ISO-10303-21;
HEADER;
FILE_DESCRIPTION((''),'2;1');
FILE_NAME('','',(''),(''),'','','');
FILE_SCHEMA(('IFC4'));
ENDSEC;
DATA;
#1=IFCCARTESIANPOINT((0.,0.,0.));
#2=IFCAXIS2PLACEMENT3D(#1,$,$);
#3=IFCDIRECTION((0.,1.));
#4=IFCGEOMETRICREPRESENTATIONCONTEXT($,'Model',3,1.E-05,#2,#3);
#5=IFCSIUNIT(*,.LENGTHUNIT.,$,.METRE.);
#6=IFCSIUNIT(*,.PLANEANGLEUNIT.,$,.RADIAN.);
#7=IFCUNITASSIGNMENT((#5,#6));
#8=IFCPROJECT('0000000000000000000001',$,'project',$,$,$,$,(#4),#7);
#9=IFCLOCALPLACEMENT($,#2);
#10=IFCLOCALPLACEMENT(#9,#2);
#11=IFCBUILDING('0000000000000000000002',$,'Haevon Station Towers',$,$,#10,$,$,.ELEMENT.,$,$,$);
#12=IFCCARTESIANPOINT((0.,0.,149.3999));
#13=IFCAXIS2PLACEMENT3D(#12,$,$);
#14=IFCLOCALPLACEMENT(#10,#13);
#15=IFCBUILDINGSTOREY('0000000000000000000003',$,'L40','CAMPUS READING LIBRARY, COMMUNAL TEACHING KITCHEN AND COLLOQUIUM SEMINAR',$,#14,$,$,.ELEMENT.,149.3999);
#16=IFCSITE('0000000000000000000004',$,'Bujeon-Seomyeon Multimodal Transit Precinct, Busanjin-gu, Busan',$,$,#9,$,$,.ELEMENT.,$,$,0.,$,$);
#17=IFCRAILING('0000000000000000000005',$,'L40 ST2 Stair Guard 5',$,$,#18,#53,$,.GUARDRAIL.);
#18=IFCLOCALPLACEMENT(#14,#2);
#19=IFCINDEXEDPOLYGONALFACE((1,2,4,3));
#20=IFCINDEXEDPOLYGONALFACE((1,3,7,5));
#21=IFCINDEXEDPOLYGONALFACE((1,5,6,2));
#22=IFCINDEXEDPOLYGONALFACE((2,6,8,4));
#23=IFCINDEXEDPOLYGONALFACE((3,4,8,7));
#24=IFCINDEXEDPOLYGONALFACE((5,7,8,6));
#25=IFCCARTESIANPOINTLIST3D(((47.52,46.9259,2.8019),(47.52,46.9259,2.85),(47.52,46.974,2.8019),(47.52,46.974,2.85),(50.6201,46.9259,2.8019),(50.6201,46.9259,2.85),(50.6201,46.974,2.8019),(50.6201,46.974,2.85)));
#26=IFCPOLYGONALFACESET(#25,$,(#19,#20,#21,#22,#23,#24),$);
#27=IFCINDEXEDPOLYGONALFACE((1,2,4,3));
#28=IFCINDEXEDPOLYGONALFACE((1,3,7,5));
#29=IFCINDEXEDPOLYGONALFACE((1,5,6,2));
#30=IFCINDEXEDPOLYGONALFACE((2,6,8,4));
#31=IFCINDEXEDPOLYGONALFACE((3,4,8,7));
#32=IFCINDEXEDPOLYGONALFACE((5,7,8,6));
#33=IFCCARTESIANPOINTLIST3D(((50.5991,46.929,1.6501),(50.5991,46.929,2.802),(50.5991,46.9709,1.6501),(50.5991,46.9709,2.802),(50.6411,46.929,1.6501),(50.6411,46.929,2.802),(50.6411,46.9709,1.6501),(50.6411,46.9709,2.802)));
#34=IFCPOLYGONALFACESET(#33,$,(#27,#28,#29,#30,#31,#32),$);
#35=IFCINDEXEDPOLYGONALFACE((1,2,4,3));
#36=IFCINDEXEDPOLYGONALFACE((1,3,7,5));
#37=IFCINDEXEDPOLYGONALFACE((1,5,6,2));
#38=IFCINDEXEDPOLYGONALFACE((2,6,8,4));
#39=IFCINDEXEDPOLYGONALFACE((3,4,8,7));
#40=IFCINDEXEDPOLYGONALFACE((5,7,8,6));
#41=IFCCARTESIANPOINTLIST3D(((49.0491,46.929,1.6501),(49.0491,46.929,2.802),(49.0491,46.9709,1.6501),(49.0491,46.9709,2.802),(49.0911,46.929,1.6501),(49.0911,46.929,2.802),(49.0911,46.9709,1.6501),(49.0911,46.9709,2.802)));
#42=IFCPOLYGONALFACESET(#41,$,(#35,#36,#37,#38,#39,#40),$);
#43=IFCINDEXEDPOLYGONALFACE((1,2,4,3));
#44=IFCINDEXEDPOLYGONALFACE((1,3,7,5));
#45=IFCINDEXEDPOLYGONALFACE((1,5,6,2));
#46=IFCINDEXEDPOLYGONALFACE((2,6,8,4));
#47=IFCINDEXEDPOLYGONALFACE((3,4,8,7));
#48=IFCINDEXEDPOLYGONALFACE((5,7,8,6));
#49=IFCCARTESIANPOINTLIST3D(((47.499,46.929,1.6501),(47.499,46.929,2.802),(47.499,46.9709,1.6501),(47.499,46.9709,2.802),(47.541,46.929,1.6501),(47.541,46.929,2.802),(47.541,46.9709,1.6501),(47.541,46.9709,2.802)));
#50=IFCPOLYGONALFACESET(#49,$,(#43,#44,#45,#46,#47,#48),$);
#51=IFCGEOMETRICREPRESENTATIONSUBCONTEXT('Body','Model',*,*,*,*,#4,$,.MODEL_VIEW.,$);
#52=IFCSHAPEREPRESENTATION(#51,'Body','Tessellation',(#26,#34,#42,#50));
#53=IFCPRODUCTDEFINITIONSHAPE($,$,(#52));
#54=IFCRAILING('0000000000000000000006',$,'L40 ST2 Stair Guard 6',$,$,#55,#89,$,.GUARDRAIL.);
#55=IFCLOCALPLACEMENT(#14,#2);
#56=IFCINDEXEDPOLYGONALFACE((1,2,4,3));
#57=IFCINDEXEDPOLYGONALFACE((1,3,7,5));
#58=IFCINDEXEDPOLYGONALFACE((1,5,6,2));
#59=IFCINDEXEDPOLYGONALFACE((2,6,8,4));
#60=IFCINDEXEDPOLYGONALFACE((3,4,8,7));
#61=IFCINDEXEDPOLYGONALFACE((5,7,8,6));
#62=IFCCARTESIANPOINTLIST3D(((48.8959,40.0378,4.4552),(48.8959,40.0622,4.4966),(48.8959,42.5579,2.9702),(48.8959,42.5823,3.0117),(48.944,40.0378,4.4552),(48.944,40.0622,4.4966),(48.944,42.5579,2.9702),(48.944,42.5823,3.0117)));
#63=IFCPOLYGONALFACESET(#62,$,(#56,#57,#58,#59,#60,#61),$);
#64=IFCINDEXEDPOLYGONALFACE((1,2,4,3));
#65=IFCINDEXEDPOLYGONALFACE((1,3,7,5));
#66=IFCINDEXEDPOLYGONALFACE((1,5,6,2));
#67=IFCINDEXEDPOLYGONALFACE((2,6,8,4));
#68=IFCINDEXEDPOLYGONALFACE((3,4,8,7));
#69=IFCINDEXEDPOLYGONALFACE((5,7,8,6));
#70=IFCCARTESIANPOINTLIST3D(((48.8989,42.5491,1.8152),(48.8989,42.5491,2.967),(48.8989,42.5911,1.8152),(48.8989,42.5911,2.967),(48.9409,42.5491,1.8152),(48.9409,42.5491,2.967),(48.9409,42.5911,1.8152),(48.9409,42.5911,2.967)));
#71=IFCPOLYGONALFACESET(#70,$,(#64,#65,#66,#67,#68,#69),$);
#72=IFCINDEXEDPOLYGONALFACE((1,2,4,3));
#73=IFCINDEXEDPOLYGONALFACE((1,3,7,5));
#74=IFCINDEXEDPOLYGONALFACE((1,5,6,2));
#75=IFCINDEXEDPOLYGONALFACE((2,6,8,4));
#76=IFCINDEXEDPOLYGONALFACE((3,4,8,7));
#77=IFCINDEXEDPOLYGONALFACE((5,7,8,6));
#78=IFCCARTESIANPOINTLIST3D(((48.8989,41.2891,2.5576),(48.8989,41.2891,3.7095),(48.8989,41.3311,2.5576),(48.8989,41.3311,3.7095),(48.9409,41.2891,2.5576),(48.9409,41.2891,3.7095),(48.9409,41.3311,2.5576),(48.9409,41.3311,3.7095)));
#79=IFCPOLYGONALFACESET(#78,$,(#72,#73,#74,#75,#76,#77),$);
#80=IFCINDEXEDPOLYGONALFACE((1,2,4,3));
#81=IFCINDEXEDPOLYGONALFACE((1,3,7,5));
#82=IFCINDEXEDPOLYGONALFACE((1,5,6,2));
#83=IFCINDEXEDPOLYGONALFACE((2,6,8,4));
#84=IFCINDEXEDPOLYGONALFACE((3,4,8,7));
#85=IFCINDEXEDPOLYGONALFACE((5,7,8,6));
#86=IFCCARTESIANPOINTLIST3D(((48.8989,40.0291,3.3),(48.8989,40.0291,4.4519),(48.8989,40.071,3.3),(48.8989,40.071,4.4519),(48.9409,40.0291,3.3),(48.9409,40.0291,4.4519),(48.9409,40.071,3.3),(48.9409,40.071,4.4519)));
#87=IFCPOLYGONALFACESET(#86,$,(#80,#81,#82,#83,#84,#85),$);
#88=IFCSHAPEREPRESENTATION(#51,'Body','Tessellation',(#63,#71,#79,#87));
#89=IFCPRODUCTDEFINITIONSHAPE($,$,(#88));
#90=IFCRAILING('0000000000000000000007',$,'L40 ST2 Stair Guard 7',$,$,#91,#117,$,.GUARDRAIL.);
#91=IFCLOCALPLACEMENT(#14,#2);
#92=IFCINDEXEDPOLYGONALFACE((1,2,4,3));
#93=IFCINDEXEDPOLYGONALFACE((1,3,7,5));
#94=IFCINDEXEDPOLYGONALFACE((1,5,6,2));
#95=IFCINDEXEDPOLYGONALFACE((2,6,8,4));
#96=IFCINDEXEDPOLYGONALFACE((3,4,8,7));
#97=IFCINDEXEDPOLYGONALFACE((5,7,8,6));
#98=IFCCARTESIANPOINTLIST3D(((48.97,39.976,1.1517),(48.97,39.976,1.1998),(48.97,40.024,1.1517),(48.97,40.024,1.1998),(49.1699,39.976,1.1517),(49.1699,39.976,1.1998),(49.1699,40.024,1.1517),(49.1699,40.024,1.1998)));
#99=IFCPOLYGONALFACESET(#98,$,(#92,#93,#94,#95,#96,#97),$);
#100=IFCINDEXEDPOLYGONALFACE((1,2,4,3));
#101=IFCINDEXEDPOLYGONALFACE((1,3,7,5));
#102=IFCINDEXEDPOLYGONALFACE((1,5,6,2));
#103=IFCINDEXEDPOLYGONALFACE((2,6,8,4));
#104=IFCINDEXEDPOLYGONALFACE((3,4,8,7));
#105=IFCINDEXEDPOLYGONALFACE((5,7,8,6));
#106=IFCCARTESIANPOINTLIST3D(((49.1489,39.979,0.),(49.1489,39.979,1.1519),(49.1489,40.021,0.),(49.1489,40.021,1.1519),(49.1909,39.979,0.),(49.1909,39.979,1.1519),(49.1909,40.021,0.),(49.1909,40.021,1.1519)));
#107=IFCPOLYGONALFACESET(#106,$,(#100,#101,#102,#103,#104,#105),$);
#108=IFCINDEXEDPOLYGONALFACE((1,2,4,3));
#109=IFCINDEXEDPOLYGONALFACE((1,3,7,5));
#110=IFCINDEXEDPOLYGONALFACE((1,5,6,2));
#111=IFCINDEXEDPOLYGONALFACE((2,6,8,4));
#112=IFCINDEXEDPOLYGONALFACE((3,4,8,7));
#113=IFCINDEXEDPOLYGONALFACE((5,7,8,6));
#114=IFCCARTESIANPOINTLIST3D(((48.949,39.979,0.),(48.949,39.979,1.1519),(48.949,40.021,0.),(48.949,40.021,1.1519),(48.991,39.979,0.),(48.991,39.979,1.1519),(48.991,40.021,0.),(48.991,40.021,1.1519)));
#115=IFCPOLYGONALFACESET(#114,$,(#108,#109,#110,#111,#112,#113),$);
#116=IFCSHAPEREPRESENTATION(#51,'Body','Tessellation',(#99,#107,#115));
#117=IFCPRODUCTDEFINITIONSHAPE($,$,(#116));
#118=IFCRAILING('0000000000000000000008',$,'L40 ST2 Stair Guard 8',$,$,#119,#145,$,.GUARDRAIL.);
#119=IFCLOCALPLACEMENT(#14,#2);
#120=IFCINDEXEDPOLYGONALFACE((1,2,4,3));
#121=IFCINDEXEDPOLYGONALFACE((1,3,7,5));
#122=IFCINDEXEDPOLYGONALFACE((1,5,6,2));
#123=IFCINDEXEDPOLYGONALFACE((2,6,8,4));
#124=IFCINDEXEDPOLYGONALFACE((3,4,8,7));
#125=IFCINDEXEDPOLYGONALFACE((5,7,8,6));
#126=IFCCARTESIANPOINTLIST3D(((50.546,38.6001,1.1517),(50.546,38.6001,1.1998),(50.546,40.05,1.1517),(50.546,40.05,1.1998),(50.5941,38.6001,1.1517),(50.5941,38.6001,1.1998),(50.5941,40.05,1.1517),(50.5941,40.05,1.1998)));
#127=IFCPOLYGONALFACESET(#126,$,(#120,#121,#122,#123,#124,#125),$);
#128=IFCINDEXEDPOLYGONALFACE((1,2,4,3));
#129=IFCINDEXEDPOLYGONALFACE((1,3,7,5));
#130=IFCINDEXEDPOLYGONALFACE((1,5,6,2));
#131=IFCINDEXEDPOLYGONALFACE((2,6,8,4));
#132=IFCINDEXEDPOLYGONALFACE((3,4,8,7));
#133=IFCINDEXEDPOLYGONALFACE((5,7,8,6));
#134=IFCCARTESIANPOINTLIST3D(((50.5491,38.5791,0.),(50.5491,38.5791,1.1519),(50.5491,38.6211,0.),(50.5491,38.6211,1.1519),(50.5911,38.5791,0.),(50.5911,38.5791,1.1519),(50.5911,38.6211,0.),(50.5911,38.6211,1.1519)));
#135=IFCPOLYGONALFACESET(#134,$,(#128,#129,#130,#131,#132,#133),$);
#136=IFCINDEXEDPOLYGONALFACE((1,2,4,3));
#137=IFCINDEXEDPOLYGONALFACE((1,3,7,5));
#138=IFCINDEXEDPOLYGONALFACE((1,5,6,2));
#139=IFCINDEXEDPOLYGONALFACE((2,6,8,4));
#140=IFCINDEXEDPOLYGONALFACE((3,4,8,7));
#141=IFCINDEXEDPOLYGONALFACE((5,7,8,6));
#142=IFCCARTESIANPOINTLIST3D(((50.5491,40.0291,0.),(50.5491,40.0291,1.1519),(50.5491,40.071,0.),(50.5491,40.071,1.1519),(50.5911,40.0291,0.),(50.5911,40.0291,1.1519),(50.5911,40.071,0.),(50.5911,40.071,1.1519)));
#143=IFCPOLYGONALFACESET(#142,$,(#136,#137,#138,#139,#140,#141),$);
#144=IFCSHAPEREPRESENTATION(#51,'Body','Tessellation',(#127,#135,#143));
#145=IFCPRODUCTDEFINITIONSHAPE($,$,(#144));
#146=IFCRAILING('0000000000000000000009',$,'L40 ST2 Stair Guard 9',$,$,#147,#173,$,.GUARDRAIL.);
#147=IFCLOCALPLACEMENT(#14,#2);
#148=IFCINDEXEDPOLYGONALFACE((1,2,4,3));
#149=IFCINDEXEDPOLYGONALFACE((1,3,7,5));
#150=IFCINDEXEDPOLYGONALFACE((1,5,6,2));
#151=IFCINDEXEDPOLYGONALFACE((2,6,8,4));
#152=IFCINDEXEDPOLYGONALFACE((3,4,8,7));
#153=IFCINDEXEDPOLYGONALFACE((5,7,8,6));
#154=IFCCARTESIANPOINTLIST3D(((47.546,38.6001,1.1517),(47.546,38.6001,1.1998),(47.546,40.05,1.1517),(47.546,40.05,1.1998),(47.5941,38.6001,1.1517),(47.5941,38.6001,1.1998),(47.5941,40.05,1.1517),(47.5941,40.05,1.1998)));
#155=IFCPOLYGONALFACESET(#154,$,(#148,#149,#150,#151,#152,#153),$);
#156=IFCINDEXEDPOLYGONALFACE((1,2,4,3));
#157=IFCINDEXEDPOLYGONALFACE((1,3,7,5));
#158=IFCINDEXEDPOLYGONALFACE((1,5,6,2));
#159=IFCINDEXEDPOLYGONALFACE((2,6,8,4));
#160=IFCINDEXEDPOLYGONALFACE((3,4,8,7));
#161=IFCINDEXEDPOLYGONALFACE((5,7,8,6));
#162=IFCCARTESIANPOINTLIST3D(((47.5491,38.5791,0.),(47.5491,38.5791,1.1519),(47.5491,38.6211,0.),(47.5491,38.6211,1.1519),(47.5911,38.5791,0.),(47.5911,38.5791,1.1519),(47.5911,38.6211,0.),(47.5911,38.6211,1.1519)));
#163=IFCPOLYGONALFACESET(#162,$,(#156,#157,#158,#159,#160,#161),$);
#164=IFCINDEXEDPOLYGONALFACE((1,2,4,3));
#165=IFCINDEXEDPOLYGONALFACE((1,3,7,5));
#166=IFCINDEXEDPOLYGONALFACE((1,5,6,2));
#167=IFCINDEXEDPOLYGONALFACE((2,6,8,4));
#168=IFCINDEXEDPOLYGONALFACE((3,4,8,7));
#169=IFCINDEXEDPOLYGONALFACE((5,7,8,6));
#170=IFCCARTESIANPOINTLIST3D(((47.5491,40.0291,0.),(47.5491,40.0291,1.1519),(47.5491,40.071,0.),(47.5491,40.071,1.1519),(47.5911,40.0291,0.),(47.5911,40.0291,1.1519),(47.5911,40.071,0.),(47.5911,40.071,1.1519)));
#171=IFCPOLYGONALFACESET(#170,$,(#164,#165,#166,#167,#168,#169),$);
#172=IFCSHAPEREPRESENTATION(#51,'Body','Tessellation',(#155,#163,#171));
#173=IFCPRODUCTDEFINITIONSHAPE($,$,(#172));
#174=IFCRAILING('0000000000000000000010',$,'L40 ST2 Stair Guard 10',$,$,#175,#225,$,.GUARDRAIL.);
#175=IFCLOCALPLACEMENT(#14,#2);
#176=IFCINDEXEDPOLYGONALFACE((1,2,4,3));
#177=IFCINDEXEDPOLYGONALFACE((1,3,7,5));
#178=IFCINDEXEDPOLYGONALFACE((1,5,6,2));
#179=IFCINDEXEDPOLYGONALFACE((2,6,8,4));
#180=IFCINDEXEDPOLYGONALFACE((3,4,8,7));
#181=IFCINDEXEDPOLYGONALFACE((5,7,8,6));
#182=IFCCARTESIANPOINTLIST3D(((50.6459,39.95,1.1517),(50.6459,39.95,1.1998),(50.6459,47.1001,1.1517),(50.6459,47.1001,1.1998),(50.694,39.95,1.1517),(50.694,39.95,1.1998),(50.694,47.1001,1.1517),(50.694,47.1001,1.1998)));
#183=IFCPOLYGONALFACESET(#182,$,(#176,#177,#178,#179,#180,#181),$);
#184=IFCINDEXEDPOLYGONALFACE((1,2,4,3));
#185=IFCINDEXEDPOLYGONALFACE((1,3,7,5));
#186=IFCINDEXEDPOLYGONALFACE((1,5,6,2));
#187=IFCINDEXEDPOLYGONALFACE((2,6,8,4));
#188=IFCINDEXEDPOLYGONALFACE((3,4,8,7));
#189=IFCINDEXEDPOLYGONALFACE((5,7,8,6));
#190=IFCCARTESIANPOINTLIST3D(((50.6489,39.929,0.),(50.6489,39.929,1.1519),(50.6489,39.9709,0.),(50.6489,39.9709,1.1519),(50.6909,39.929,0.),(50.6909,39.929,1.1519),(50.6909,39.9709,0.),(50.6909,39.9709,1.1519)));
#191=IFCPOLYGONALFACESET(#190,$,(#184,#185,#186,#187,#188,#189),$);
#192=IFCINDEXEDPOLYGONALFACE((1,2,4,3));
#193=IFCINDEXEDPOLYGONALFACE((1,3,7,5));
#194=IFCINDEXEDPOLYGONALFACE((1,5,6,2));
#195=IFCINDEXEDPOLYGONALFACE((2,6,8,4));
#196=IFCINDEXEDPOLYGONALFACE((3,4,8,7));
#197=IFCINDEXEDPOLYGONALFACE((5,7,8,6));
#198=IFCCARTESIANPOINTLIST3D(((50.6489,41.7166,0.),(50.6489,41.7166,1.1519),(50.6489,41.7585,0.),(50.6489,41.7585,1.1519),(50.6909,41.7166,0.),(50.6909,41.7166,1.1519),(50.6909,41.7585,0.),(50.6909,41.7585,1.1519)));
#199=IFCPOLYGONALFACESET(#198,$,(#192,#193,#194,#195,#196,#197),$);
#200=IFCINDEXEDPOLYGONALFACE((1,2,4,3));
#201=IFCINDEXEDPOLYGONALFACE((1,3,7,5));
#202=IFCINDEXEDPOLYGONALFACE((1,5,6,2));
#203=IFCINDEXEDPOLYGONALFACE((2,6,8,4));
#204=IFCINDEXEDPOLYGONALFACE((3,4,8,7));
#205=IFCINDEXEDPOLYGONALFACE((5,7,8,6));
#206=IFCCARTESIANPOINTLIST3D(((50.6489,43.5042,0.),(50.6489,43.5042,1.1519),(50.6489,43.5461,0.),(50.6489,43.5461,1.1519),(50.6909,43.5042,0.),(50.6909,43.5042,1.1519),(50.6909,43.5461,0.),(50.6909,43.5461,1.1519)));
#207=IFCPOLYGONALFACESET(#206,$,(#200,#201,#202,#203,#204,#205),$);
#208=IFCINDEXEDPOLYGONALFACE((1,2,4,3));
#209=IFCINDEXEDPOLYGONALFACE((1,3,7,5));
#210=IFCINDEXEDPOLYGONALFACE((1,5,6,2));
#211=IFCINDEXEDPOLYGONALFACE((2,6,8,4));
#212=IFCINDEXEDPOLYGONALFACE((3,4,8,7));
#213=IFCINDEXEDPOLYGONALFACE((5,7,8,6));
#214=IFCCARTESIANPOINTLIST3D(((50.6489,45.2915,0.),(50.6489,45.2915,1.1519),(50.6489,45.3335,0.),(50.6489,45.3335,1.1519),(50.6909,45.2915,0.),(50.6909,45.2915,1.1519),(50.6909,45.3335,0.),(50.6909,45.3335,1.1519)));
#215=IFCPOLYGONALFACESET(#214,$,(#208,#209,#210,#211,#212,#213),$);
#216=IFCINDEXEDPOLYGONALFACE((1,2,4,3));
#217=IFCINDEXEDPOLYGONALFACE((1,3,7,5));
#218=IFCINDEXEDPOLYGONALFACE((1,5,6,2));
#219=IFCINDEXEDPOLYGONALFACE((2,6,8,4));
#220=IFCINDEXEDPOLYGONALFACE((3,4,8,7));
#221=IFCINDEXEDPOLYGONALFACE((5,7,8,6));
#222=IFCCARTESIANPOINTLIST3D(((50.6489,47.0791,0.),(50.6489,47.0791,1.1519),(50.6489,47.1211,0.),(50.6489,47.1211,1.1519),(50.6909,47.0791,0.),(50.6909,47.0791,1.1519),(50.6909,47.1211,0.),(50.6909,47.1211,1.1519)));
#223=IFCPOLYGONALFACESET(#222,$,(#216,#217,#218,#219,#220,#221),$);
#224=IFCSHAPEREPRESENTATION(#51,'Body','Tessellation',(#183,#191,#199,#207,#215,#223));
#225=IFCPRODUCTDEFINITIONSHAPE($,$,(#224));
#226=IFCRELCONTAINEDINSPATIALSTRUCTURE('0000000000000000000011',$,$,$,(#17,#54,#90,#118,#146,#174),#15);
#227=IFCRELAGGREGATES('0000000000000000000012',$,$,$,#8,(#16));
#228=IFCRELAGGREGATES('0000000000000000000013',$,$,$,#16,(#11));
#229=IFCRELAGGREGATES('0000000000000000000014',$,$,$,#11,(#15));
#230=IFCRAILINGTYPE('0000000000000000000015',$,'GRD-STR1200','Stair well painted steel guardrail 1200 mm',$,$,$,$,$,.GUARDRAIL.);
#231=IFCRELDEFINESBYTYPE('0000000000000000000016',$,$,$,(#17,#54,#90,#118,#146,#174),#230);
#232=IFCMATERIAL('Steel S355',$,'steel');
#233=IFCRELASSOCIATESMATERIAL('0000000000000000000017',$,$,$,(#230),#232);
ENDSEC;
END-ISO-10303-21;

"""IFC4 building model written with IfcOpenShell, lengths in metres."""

from ifc_helpers import new_model, si_unit, direction, frame, origin, origin_2d, place, context, subcontext, project, spatial, rectangle, extrude, material, type_object, element, save


model = new_model("IFC4")

# Units and contexts
model_context = context("Model", 3, precision=1e-05, world=origin(), true_north=direction((0.0, 1.0)))
body_context = subcontext(model_context, "Body", "Model", "MODEL_VIEW")
ifc_project = project(units=[si_unit("LENGTHUNIT", "METRE"), si_unit("PLANEANGLEUNIT", "RADIAN")], contexts=[model_context])

# Site, building, storey
site_placement = place(None, origin())
site = spatial("IfcSite", under=ifc_project, at=site_placement, Name="Bujeon-Seomyeon Multimodal Transit Precinct, Busanjin-gu, Busan", CompositionType="ELEMENT", RefElevation=0.0)
building_placement = place(site_placement, origin())
building = spatial("IfcBuilding", under=site, at=building_placement, Name="Haevon Station Towers", CompositionType="ELEMENT")
storey_placement = place(building_placement, frame((0.0, 0.0, 149.3999)))
storey = spatial("IfcBuildingStorey", under=building, at=storey_placement, Name="L40", Description="CAMPUS READING LIBRARY, COMMUNAL TEACHING KITCHEN AND COLLOQUIUM SEMINAR", CompositionType="ELEMENT", Elevation=149.3999)

# Shared definitions
ifc_material_1 = material(Name="Steel S355", Category="steel")

# Railings
railing_type_1 = type_object("IfcRailingType", Name="GRD-STR1200", Description="Stair well painted steel guardrail 1200 mm", PredefinedType="GUARDRAIL", material=ifc_material_1)
railing_1_placement = place(storey_placement, frame((50.6201, 46.95, 1.6501)))
element("IfcRailing", 1, at=railing_1_placement, inside=storey, type_object=railing_type_1, Name="L40 ST2 Stair Guard 5", PredefinedType="GUARDRAIL", context=body_context, shape_type="SweptSolid", body=[
    extrude(rectangle(XDim=0.0481, YDim=0.0481, at=origin_2d()), frame((0.0, 0.0, 1.1758), z_axis=(-1.0, 0.0, 0.0), x_axis=(0.0, -1.0, 0.0)), (0.0, 0.0, 1.0), 3.1001),
    extrude(rectangle(XDim=0.042, YDim=0.042, at=origin_2d()), origin(), (0.0, 0.0, 1.0), 1.1519),
    extrude(rectangle(XDim=0.042, YDim=0.042, at=origin_2d()), frame((-1.55, 0.0, 0.0)), (0.0, 0.0, 1.0), 1.1519),
    extrude(rectangle(XDim=0.042, YDim=0.042, at=origin_2d()), frame((-3.1001, 0.0, 0.0)), (0.0, 0.0, 1.0), 1.1519),
])
railing_2_placement = place(storey_placement, frame((48.9199, 42.5701, 1.8152)))
element("IfcRailing", 2, at=railing_2_placement, inside=storey, type_object=railing_type_1, Name="L40 ST2 Stair Guard 6", PredefinedType="GUARDRAIL", context=body_context, shape_type="SweptSolid", body=[
    extrude(rectangle(XDim=0.0481, YDim=0.0481, at=origin_2d()), frame((0.0, 0.0, 1.1758), z_axis=(0.0, -0.861561, 0.507655), x_axis=(1.0, 0.0, 0.0)), (0.0, 0.0, 1.0), 2.925),
    extrude(rectangle(XDim=0.042, YDim=0.042, at=origin_2d()), origin(), (0.0, 0.0, 1.0), 1.1519),
    extrude(rectangle(XDim=0.042, YDim=0.042, at=origin_2d()), frame((0.0, -1.26, 0.7424)), (0.0, 0.0, 1.0), 1.1519),
    extrude(rectangle(XDim=0.042, YDim=0.042, at=origin_2d()), frame((0.0, -2.52, 1.4849)), (0.0, 0.0, 1.0), 1.1519),
])
railing_3_placement = place(storey_placement, frame((49.1699, 40.0, 0.0)))
element("IfcRailing", 3, at=railing_3_placement, inside=storey, type_object=railing_type_1, Name="L40 ST2 Stair Guard 7", PredefinedType="GUARDRAIL", context=body_context, shape_type="SweptSolid", body=[
    extrude(rectangle(XDim=0.0481, YDim=0.0481, at=origin_2d()), frame((0.0, 0.0, 1.1758), z_axis=(-1.0, 0.0, 0.0), x_axis=(0.0, -1.0, 0.0)), (0.0, 0.0, 1.0), 0.2),
    extrude(rectangle(XDim=0.042, YDim=0.042, at=origin_2d()), origin(), (0.0, 0.0, 1.0), 1.1519),
    extrude(rectangle(XDim=0.042, YDim=0.042, at=origin_2d()), frame((-0.2, 0.0, 0.0)), (0.0, 0.0, 1.0), 1.1519),
])
for number, where, name in (
    (4, (50.5701, 38.6001, 0.0), "L40 ST2 Stair Guard 8"),
    (5, (47.5701, 38.6001, 0.0), "L40 ST2 Stair Guard 9"),
):
    element("IfcRailing", number, at=place(storey_placement, frame(where)), inside=storey, type_object=railing_type_1, Name=name, PredefinedType="GUARDRAIL", context=body_context, shape_type="SweptSolid", body=[
        extrude(rectangle(XDim=0.0481, YDim=0.0481, at=origin_2d()), frame((0.0, 0.0, 1.1758), z_axis=(0.0, 1.0, 0.0), x_axis=(-1.0, 0.0, 0.0)), (0.0, 0.0, 1.0), 1.45),
        extrude(rectangle(XDim=0.042, YDim=0.042, at=origin_2d()), origin(), (0.0, 0.0, 1.0), 1.1519),
        extrude(rectangle(XDim=0.042, YDim=0.042, at=origin_2d()), frame((0.0, 1.45, 0.0)), (0.0, 0.0, 1.0), 1.1519),
    ])
for number, where, name in (
    (6, (50.6699, 39.95, 0.0), "L40 ST2 Stair Guard 10"),
):
    element("IfcRailing", number, at=place(storey_placement, frame(where)), inside=storey, type_object=railing_type_1, Name=name, PredefinedType="GUARDRAIL", context=body_context, shape_type="SweptSolid", body=[
        extrude(rectangle(XDim=0.0481, YDim=0.0481, at=origin_2d()), frame((0.0, 0.0, 1.1758), z_axis=(0.0, 1.0, 0.0), x_axis=(-1.0, 0.0, 0.0)), (0.0, 0.0, 1.0), 7.1501),
        extrude(rectangle(XDim=0.042, YDim=0.042, at=origin_2d()), origin(), (0.0, 0.0, 1.0), 1.1519),
        extrude(rectangle(XDim=0.042, YDim=0.042, at=origin_2d()), frame((0.0, 1.7876, 0.0)), (0.0, 0.0, 1.0), 1.1519),
        extrude(rectangle(XDim=0.042, YDim=0.042, at=origin_2d()), frame((0.0, 3.5752, 0.0)), (0.0, 0.0, 1.0), 1.1519),
        extrude(rectangle(XDim=0.042, YDim=0.042, at=origin_2d()), frame((0.0, 5.3625, 0.0)), (0.0, 0.0, 1.0), 1.1519),
        extrude(rectangle(XDim=0.042, YDim=0.042, at=origin_2d()), frame((0.0, 7.1501, 0.0)), (0.0, 0.0, 1.0), 1.1519),
    ])

save(model, "model.ifc")
